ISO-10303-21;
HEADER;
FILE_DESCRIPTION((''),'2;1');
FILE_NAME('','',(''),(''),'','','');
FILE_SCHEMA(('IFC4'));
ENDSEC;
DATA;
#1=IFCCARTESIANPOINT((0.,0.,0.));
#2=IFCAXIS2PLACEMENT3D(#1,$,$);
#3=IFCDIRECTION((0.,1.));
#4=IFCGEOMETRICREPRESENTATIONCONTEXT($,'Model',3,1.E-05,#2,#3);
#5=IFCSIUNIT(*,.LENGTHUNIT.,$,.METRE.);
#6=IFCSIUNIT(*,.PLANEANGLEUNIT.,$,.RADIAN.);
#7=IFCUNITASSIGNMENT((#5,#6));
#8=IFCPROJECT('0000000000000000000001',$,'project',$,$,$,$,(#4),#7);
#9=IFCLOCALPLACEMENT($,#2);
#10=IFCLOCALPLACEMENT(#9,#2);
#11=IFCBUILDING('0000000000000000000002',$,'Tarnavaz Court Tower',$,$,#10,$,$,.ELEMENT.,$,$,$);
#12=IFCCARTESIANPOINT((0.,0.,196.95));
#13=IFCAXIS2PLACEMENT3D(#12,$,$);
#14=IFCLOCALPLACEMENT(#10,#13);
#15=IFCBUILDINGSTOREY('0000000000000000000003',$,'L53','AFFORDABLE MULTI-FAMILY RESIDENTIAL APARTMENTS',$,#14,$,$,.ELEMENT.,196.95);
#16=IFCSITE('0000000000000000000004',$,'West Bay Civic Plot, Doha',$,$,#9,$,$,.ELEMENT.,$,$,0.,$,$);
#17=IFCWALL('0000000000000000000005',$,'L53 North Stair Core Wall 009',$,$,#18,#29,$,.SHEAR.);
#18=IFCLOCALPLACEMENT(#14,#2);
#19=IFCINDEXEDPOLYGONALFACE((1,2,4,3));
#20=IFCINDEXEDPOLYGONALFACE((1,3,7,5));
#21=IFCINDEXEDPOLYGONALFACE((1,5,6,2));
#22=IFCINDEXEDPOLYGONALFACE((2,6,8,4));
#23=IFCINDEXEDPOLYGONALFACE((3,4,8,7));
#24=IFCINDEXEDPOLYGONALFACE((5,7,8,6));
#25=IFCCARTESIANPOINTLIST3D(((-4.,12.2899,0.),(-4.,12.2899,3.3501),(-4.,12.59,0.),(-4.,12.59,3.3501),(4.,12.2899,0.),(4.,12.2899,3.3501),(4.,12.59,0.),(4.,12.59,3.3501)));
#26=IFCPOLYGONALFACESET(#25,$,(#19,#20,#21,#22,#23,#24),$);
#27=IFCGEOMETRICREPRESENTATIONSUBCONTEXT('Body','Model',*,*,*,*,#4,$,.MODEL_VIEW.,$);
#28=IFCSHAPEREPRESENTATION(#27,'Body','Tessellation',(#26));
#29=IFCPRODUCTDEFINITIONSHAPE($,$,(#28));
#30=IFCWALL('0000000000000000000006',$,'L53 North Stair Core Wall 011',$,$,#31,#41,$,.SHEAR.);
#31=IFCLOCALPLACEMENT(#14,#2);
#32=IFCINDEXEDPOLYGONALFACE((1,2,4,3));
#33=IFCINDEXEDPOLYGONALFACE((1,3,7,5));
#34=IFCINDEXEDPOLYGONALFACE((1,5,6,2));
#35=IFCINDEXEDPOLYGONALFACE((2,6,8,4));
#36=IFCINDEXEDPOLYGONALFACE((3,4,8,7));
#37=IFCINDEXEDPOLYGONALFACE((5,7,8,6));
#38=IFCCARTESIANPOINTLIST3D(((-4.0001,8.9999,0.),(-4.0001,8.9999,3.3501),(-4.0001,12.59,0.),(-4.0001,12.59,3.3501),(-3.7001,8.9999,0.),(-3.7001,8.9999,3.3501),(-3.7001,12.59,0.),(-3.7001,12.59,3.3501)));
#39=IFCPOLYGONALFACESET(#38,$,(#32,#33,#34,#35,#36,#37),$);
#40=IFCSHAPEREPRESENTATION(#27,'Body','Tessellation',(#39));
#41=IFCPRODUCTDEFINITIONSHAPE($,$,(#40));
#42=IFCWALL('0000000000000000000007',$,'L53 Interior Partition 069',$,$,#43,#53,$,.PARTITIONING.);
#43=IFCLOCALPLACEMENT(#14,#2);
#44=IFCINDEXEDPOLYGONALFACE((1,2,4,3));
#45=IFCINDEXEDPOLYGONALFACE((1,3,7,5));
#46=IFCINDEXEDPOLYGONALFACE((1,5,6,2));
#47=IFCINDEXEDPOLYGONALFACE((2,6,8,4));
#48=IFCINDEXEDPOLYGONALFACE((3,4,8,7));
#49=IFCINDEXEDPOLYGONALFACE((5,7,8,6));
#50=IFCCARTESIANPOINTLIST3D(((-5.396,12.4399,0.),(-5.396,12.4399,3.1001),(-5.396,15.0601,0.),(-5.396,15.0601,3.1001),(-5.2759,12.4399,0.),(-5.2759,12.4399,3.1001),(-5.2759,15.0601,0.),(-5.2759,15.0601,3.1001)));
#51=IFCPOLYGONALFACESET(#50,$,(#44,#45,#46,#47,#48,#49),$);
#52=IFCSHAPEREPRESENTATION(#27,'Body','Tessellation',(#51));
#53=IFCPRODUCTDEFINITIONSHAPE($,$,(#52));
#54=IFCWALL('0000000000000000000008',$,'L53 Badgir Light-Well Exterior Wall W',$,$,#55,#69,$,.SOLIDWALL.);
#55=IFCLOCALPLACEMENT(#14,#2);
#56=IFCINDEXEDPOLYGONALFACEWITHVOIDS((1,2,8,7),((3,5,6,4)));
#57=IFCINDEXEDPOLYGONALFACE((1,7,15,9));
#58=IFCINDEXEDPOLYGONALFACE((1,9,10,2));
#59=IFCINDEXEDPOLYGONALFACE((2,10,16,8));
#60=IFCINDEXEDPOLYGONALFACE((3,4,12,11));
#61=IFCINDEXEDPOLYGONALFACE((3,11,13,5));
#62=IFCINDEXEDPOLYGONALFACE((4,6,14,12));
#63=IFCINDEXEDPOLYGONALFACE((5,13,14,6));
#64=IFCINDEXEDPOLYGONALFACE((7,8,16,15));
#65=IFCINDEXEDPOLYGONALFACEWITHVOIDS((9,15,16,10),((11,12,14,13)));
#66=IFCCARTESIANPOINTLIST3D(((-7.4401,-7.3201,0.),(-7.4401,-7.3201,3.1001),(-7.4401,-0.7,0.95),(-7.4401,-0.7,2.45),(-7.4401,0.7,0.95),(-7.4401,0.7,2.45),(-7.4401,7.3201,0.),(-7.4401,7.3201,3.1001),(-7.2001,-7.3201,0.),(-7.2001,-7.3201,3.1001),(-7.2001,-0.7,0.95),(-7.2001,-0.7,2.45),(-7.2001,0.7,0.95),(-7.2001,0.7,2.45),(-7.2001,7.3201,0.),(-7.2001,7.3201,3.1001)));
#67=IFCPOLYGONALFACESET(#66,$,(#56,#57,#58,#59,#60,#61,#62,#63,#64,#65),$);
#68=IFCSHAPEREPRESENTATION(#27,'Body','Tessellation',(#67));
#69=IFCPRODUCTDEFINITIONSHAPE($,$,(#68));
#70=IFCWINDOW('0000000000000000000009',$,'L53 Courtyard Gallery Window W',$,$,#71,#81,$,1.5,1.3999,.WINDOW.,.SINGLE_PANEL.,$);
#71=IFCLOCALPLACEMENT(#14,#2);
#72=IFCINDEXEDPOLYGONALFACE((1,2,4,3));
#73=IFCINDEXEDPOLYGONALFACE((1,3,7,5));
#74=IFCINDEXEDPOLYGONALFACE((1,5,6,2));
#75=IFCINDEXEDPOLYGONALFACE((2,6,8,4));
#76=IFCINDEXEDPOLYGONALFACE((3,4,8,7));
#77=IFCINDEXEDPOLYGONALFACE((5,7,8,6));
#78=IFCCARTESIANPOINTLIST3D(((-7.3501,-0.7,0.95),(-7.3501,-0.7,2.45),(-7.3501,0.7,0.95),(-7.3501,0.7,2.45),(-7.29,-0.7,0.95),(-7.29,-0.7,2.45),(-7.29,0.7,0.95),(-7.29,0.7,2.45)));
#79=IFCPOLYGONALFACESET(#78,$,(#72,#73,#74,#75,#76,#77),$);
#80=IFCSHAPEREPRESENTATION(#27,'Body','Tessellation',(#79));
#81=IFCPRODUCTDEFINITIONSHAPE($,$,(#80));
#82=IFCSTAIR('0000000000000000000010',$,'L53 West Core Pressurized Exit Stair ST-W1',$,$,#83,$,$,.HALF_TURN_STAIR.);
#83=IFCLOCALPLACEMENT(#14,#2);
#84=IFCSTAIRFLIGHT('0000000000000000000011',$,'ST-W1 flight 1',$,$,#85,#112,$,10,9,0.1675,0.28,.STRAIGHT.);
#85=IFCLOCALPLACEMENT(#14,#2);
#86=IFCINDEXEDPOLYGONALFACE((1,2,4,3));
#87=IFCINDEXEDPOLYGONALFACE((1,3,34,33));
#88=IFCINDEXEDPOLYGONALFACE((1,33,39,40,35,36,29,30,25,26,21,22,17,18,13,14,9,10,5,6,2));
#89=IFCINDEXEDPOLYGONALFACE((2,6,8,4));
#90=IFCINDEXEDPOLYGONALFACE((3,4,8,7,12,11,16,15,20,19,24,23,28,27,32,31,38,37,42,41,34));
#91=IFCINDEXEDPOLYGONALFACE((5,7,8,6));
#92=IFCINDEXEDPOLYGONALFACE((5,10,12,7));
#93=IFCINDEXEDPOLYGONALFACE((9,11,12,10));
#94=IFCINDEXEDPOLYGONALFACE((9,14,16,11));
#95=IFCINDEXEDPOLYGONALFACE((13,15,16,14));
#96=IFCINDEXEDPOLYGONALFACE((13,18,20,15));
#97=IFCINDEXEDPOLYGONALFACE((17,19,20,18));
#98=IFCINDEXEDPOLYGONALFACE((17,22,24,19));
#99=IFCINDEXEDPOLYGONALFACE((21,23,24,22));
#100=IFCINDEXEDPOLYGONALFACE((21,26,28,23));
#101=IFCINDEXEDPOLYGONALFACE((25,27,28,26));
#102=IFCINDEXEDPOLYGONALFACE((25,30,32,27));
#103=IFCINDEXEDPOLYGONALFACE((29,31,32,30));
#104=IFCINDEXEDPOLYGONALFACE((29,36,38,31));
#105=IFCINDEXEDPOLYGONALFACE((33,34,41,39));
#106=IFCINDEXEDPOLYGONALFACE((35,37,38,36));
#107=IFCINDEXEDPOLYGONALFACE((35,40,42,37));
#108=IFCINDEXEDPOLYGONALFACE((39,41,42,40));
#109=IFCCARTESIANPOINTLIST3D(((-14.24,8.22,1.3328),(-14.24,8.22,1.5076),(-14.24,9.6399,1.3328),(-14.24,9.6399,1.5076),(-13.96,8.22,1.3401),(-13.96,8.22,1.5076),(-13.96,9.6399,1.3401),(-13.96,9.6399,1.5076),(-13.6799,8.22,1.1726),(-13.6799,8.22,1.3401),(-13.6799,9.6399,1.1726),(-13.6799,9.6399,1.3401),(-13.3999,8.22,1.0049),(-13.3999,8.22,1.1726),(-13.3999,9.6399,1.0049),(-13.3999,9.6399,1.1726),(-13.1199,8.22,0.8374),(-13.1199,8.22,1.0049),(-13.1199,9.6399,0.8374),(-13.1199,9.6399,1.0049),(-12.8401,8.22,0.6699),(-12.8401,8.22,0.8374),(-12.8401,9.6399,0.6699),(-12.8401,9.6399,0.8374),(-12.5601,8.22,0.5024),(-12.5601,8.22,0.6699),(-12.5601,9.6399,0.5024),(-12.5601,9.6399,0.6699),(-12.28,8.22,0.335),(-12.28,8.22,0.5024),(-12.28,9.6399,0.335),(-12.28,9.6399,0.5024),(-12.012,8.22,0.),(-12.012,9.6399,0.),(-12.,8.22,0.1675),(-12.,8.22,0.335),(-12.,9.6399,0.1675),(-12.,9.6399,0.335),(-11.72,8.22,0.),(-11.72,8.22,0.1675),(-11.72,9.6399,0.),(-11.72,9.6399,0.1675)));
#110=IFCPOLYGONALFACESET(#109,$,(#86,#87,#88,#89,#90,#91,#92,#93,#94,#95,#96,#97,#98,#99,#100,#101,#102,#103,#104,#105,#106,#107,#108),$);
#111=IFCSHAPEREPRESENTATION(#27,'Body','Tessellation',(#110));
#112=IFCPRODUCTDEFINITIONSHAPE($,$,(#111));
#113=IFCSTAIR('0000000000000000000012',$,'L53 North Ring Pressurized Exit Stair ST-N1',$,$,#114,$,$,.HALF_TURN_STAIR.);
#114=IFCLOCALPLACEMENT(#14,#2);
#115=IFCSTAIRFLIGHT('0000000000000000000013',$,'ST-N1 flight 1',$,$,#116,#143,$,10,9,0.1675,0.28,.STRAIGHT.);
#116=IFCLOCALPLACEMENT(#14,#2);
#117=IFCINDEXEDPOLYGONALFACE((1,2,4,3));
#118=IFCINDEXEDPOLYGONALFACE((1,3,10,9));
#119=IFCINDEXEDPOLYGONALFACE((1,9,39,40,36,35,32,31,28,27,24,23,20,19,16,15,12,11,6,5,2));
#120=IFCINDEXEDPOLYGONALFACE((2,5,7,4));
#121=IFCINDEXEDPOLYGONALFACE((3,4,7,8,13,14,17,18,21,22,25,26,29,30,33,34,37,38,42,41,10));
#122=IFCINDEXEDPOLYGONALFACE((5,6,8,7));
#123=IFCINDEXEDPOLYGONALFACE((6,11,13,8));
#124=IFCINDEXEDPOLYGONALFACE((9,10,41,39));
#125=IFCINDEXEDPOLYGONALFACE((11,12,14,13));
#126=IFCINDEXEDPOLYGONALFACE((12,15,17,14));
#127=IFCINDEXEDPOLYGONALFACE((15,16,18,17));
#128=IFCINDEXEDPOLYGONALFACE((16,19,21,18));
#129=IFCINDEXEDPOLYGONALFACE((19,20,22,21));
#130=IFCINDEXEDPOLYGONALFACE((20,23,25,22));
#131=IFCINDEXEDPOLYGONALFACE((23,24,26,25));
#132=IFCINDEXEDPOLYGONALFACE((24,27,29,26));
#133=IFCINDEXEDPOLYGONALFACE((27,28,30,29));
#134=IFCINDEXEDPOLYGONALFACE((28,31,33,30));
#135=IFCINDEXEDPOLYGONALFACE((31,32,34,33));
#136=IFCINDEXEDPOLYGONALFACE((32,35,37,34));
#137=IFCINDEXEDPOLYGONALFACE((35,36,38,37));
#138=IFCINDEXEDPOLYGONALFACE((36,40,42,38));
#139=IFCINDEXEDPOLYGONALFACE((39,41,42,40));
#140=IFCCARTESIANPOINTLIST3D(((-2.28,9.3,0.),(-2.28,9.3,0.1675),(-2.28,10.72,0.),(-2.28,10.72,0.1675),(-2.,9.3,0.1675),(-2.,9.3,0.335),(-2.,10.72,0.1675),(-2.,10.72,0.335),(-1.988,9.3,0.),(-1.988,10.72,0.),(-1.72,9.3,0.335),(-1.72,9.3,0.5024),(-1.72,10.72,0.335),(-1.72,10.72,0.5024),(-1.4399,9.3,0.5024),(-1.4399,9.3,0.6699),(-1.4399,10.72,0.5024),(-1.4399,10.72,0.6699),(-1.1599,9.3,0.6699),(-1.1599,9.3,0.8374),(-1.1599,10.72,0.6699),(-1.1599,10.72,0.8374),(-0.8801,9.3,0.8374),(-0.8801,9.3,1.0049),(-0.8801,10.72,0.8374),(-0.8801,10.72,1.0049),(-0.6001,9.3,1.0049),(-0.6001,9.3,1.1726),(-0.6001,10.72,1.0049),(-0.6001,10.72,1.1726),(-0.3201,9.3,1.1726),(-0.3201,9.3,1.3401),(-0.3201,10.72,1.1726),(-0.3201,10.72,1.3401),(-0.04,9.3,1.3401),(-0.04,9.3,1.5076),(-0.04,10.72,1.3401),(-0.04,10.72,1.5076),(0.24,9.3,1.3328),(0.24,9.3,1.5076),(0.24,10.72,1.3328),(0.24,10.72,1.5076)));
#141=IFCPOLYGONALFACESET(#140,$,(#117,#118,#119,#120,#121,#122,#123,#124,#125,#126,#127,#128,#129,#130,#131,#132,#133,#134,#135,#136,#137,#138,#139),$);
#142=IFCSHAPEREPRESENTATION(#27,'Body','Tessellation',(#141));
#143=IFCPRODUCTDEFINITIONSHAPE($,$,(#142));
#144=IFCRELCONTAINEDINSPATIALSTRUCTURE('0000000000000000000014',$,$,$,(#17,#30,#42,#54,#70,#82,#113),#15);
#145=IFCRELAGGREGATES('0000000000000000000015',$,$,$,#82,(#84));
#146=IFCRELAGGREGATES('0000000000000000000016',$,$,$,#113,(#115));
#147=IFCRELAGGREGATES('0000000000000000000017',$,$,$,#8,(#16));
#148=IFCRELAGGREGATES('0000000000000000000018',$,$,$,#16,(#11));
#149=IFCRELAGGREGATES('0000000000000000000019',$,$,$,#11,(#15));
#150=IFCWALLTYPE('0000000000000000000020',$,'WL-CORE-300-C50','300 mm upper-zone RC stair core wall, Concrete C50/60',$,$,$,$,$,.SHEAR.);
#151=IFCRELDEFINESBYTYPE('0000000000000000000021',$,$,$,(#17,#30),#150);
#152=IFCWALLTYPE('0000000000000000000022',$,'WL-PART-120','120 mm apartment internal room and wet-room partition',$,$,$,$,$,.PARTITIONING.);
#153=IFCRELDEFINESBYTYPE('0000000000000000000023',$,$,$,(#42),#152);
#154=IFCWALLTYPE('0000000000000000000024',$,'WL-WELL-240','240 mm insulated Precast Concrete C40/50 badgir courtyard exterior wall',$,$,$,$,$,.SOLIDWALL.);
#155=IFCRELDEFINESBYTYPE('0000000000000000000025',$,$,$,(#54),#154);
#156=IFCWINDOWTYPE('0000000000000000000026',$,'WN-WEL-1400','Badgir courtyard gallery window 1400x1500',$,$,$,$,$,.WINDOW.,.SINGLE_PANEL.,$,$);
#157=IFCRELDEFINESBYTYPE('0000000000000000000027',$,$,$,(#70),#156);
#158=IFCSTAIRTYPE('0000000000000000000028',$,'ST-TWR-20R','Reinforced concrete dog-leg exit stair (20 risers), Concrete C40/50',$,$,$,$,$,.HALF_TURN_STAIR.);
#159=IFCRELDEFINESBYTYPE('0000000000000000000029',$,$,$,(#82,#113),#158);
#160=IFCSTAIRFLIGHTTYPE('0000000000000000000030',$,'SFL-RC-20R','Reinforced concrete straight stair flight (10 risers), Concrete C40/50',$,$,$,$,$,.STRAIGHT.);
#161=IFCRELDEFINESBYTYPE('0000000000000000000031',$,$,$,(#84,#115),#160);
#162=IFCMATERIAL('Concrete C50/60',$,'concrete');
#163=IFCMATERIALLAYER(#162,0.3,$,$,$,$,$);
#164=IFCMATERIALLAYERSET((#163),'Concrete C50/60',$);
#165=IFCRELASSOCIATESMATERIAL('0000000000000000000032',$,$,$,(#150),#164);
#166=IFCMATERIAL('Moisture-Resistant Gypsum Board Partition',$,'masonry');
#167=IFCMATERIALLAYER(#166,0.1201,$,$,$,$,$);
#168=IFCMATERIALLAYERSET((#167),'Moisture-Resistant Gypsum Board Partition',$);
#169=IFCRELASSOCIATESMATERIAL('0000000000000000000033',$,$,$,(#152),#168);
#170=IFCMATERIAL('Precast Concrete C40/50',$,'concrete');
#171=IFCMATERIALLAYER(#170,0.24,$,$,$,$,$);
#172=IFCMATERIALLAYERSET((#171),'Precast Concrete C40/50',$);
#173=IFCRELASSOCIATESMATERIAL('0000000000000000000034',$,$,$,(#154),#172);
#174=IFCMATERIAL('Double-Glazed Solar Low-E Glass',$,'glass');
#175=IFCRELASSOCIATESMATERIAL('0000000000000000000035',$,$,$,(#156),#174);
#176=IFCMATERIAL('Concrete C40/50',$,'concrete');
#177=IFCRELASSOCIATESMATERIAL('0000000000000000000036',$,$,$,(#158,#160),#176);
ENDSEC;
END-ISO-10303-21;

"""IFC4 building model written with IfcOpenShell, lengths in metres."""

from ifc_helpers import new_model, si_unit, direction, frame, frame_2d, origin, place, context, subcontext, project, spatial, polyline, rectangle, outline, extrude, material, layer, layer_set, type_object, element, fill, aggregate, save


model = new_model("IFC4")

# Units and contexts
model_context = context("Model", 3, precision=1e-05, world=origin(), true_north=direction((0.0, 1.0)))
body_context = subcontext(model_context, "Body", "Model", "MODEL_VIEW")
ifc_project = project(units=[si_unit("LENGTHUNIT", "METRE"), si_unit("PLANEANGLEUNIT", "RADIAN")], contexts=[model_context])

# Site, building, storey
site_placement = place(None, origin())
site = spatial("IfcSite", under=ifc_project, at=site_placement, Name="West Bay Civic Plot, Doha", CompositionType="ELEMENT", RefElevation=0.0)
building_placement = place(site_placement, origin())
building = spatial("IfcBuilding", under=site, at=building_placement, Name="Tarnavaz Court Tower", CompositionType="ELEMENT")
storey_placement = place(building_placement, frame((0.0, 0.0, 196.95)))
storey = spatial("IfcBuildingStorey", under=building, at=storey_placement, Name="L53", Description="AFFORDABLE MULTI-FAMILY RESIDENTIAL APARTMENTS", CompositionType="ELEMENT", Elevation=196.95)

# Shared definitions
ifc_material_1 = material(Name="Concrete C50/60", Category="concrete")

# Wall
ifc_layer_1 = layer(ifc_material_1, 0.3)
ifc_layer_set_1 = layer_set([ifc_layer_1], Name="Concrete C50/60")
wall_type_1 = type_object("IfcWallType", Name="WL-CORE-300-C50", Description="300 mm upper-zone RC stair core wall, Concrete C50/60", PredefinedType="SHEAR", material=ifc_layer_set_1)
wall_1_placement = place(storey_placement, frame((-4.0, 12.4399, 0.0), z_axis=(0.0, 0.0, 1.0), x_axis=(1.0, 0.0, 0.0)))
element("IfcWall", 1, at=wall_1_placement, inside=storey, type_object=wall_type_1, Name="L53 North Stair Core Wall 009", PredefinedType="SHEAR", context=body_context, shape_type="SweptSolid", body=[
    extrude(rectangle(XDim=8.0, YDim=0.3, at=frame_2d((4.0, 0.0))), origin(), (0.0, 0.0, 1.0), 3.3501),
])

# Walls
wall_2_placement = place(storey_placement, frame((-3.8501, 9.0, 0.0), z_axis=(0.0, 0.0, 1.0), x_axis=(0.0, 1.0, 0.0)))
element("IfcWall", 2, at=wall_2_placement, inside=storey, type_object=wall_type_1, Name="L53 North Stair Core Wall 011", PredefinedType="SHEAR", context=body_context, shape_type="SweptSolid", body=[
    extrude(rectangle(XDim=3.5901, YDim=0.3, at=frame_2d((1.7949, 0.0))), origin(), (0.0, 0.0, 1.0), 3.3501),
])
ifc_material_2 = material(Name="Moisture-Resistant Gypsum Board Partition", Category="masonry")
ifc_layer_2 = layer(ifc_material_2, 0.1201)
ifc_layer_set_2 = layer_set([ifc_layer_2], Name="Moisture-Resistant Gypsum Board Partition")
wall_type_2 = type_object("IfcWallType", Name="WL-PART-120", Description="120 mm apartment internal room and wet-room partition", PredefinedType="PARTITIONING", material=ifc_layer_set_2)
wall_3_placement = place(storey_placement, frame((-5.3359, 12.4399, 0.0), z_axis=(0.0, 0.0, 1.0), x_axis=(0.0, 1.0, 0.0)))
element("IfcWall", 3, at=wall_3_placement, inside=storey, type_object=wall_type_2, Name="L53 Interior Partition 069", PredefinedType="PARTITIONING", context=body_context, shape_type="SweptSolid", body=[
    extrude(rectangle(XDim=2.6201, YDim=0.1201, at=frame_2d((1.3101, 0.0))), origin(), (0.0, 0.0, 1.0), 3.1001),
])

# Wall, opening, window
ifc_material_3 = material(Name="Precast Concrete C40/50", Category="concrete")
ifc_layer_3 = layer(ifc_material_3, 0.24)
ifc_layer_set_3 = layer_set([ifc_layer_3], Name="Precast Concrete C40/50")
wall_type_3 = type_object("IfcWallType", Name="WL-WELL-240", Description="240 mm insulated Precast Concrete C40/50 badgir courtyard exterior wall", PredefinedType="SOLIDWALL", material=ifc_layer_set_3)
wall_4_placement = place(storey_placement, frame((-7.3201, 7.3201, 0.0), z_axis=(0.0, 0.0, 1.0), x_axis=(0.0, -1.0, 0.0)))
wall_4 = element("IfcWall", 4, at=wall_4_placement, inside=storey, type_object=wall_type_3, Name="L53 Badgir Light-Well Exterior Wall W", PredefinedType="SOLIDWALL", context=body_context, shape_type="SweptSolid", body=[
    extrude(rectangle(XDim=14.6401, YDim=0.24, at=frame_2d((7.3201, 0.0))), origin(), (0.0, 0.0, 1.0), 3.1001),
])
opening_1_placement = place(wall_4_placement, frame((6.6201, 0.0, 0.95)))
opening_1 = element("IfcOpeningElement", 5, at=opening_1_placement, cuts=wall_4, PredefinedType="OPENING", context=body_context, shape_type="SweptSolid", body=[
    extrude(rectangle(XDim=1.3999, YDim=1.5, at=frame_2d((0.7, 0.75))), frame((0.0, 0.1299, 0.0), z_axis=(0.0, -1.0, 0.0), x_axis=(1.0, 0.0, 0.0)), (0.0, 0.0, 1.0), 0.26),
])
ifc_material_4 = material(Name="Double-Glazed Solar Low-E Glass", Category="glass")
window_type = type_object("IfcWindowType", Name="WN-WEL-1400", Description="Badgir courtyard gallery window 1400x1500", PartitioningType="SINGLE_PANEL", PredefinedType="WINDOW", material=ifc_material_4)
window_placement = place(opening_1_placement, origin())
window = element("IfcWindow", 6, at=window_placement, inside=storey, type_object=window_type, Name="L53 Courtyard Gallery Window W", OverallHeight=1.5, OverallWidth=1.3999, PartitioningType="SINGLE_PANEL", PredefinedType="WINDOW", context=body_context, shape_type="SweptSolid", body=[
    extrude(rectangle(XDim=1.3999, YDim=1.5, at=frame_2d((0.7, 0.75))), frame((0.0, 0.03, 0.0), z_axis=(0.0, -1.0, 0.0), x_axis=(1.0, 0.0, 0.0)), (0.0, 0.0, 1.0), 0.0601),
])
fill(opening_1, window)

# Stairs, stair flights
ifc_material_5 = material(Name="Concrete C40/50", Category="concrete")
stair_type = type_object("IfcStairType", Name="ST-TWR-20R", Description="Reinforced concrete dog-leg exit stair (20 risers), Concrete C40/50", PredefinedType="HALF_TURN_STAIR", material=ifc_material_5)
stair_1_placement = place(storey_placement, origin())
stair_1 = element("IfcStair", 7, at=stair_1_placement, inside=storey, type_object=stair_type, Name="L53 West Core Pressurized Exit Stair ST-W1", PredefinedType="HALF_TURN_STAIR")
stair_flight_type = type_object("IfcStairFlightType", Name="SFL-RC-20R", Description="Reinforced concrete straight stair flight (10 risers), Concrete C40/50", PredefinedType="STRAIGHT", material=ifc_material_5)
stair_flight_1_placement = place(storey_placement, frame((-11.72, 8.9299, 0.0), z_axis=(0.0, 0.0, 1.0), x_axis=(-1.0, 0.0, 0.0)))
stair_flight_1 = element("IfcStairFlight", 8, at=stair_flight_1_placement, type_object=stair_flight_type, Name="ST-W1 flight 1", NumberOfRisers=10, NumberOfTreads=9, PredefinedType="STRAIGHT", RiserHeight=0.1675, TreadLength=0.28, context=body_context, shape_type="SweptSolid", body=[
    extrude(outline(polyline([(0.0, 0.0), (0.0, 0.1675), (0.28, 0.1675), (0.28, 0.335), (0.5601, 0.335), (0.5601, 0.5024), (0.8401, 0.5024), (0.8401, 0.6699), (1.1201, 0.6699), (1.1201, 0.8374), (1.3999, 0.8374), (1.3999, 1.0049), (1.6799, 1.0049), (1.6799, 1.1726), (1.96, 1.1726), (1.96, 1.3401), (2.24, 1.3401), (2.24, 1.5076), (2.52, 1.5076), (2.52, 1.675), (2.52, 1.3328), (0.292, 0.0), (0.0, 0.0)])), frame((0.0, 0.71, 0.0), z_axis=(0.0, -1.0, 0.0), x_axis=(1.0, 0.0, 0.0)), (0.0, 0.0, 1.0), 1.4199),
])
aggregate(stair_1, [stair_flight_1])
stair_2_placement = place(storey_placement, origin())
stair_2 = element("IfcStair", 9, at=stair_2_placement, inside=storey, type_object=stair_type, Name="L53 North Ring Pressurized Exit Stair ST-N1", PredefinedType="HALF_TURN_STAIR")
stair_flight_2_placement = place(storey_placement, frame((-2.28, 10.01, 0.0), z_axis=(0.0, 0.0, 1.0), x_axis=(1.0, 0.0, 0.0)))
stair_flight_2 = element("IfcStairFlight", 10, at=stair_flight_2_placement, type_object=stair_flight_type, Name="ST-N1 flight 1", NumberOfRisers=10, NumberOfTreads=9, PredefinedType="STRAIGHT", RiserHeight=0.1675, TreadLength=0.28, context=body_context, shape_type="SweptSolid", body=[
    extrude(outline(polyline([(0.0, 0.0), (0.0, 0.1675), (0.28, 0.1675), (0.28, 0.335), (0.5601, 0.335), (0.5601, 0.5024), (0.8401, 0.5024), (0.8401, 0.6699), (1.1201, 0.6699), (1.1201, 0.8374), (1.3999, 0.8374), (1.3999, 1.0049), (1.6799, 1.0049), (1.6799, 1.1726), (1.96, 1.1726), (1.96, 1.3401), (2.24, 1.3401), (2.24, 1.5076), (2.52, 1.5076), (2.52, 1.675), (2.52, 1.3328), (0.292, 0.0), (0.0, 0.0)])), frame((0.0, 0.71, 0.0), z_axis=(0.0, -1.0, 0.0), x_axis=(1.0, 0.0, 0.0)), (0.0, 0.0, 1.0), 1.4199),
])
aggregate(stair_2, [stair_flight_2])

save(model, "model.ifc")
